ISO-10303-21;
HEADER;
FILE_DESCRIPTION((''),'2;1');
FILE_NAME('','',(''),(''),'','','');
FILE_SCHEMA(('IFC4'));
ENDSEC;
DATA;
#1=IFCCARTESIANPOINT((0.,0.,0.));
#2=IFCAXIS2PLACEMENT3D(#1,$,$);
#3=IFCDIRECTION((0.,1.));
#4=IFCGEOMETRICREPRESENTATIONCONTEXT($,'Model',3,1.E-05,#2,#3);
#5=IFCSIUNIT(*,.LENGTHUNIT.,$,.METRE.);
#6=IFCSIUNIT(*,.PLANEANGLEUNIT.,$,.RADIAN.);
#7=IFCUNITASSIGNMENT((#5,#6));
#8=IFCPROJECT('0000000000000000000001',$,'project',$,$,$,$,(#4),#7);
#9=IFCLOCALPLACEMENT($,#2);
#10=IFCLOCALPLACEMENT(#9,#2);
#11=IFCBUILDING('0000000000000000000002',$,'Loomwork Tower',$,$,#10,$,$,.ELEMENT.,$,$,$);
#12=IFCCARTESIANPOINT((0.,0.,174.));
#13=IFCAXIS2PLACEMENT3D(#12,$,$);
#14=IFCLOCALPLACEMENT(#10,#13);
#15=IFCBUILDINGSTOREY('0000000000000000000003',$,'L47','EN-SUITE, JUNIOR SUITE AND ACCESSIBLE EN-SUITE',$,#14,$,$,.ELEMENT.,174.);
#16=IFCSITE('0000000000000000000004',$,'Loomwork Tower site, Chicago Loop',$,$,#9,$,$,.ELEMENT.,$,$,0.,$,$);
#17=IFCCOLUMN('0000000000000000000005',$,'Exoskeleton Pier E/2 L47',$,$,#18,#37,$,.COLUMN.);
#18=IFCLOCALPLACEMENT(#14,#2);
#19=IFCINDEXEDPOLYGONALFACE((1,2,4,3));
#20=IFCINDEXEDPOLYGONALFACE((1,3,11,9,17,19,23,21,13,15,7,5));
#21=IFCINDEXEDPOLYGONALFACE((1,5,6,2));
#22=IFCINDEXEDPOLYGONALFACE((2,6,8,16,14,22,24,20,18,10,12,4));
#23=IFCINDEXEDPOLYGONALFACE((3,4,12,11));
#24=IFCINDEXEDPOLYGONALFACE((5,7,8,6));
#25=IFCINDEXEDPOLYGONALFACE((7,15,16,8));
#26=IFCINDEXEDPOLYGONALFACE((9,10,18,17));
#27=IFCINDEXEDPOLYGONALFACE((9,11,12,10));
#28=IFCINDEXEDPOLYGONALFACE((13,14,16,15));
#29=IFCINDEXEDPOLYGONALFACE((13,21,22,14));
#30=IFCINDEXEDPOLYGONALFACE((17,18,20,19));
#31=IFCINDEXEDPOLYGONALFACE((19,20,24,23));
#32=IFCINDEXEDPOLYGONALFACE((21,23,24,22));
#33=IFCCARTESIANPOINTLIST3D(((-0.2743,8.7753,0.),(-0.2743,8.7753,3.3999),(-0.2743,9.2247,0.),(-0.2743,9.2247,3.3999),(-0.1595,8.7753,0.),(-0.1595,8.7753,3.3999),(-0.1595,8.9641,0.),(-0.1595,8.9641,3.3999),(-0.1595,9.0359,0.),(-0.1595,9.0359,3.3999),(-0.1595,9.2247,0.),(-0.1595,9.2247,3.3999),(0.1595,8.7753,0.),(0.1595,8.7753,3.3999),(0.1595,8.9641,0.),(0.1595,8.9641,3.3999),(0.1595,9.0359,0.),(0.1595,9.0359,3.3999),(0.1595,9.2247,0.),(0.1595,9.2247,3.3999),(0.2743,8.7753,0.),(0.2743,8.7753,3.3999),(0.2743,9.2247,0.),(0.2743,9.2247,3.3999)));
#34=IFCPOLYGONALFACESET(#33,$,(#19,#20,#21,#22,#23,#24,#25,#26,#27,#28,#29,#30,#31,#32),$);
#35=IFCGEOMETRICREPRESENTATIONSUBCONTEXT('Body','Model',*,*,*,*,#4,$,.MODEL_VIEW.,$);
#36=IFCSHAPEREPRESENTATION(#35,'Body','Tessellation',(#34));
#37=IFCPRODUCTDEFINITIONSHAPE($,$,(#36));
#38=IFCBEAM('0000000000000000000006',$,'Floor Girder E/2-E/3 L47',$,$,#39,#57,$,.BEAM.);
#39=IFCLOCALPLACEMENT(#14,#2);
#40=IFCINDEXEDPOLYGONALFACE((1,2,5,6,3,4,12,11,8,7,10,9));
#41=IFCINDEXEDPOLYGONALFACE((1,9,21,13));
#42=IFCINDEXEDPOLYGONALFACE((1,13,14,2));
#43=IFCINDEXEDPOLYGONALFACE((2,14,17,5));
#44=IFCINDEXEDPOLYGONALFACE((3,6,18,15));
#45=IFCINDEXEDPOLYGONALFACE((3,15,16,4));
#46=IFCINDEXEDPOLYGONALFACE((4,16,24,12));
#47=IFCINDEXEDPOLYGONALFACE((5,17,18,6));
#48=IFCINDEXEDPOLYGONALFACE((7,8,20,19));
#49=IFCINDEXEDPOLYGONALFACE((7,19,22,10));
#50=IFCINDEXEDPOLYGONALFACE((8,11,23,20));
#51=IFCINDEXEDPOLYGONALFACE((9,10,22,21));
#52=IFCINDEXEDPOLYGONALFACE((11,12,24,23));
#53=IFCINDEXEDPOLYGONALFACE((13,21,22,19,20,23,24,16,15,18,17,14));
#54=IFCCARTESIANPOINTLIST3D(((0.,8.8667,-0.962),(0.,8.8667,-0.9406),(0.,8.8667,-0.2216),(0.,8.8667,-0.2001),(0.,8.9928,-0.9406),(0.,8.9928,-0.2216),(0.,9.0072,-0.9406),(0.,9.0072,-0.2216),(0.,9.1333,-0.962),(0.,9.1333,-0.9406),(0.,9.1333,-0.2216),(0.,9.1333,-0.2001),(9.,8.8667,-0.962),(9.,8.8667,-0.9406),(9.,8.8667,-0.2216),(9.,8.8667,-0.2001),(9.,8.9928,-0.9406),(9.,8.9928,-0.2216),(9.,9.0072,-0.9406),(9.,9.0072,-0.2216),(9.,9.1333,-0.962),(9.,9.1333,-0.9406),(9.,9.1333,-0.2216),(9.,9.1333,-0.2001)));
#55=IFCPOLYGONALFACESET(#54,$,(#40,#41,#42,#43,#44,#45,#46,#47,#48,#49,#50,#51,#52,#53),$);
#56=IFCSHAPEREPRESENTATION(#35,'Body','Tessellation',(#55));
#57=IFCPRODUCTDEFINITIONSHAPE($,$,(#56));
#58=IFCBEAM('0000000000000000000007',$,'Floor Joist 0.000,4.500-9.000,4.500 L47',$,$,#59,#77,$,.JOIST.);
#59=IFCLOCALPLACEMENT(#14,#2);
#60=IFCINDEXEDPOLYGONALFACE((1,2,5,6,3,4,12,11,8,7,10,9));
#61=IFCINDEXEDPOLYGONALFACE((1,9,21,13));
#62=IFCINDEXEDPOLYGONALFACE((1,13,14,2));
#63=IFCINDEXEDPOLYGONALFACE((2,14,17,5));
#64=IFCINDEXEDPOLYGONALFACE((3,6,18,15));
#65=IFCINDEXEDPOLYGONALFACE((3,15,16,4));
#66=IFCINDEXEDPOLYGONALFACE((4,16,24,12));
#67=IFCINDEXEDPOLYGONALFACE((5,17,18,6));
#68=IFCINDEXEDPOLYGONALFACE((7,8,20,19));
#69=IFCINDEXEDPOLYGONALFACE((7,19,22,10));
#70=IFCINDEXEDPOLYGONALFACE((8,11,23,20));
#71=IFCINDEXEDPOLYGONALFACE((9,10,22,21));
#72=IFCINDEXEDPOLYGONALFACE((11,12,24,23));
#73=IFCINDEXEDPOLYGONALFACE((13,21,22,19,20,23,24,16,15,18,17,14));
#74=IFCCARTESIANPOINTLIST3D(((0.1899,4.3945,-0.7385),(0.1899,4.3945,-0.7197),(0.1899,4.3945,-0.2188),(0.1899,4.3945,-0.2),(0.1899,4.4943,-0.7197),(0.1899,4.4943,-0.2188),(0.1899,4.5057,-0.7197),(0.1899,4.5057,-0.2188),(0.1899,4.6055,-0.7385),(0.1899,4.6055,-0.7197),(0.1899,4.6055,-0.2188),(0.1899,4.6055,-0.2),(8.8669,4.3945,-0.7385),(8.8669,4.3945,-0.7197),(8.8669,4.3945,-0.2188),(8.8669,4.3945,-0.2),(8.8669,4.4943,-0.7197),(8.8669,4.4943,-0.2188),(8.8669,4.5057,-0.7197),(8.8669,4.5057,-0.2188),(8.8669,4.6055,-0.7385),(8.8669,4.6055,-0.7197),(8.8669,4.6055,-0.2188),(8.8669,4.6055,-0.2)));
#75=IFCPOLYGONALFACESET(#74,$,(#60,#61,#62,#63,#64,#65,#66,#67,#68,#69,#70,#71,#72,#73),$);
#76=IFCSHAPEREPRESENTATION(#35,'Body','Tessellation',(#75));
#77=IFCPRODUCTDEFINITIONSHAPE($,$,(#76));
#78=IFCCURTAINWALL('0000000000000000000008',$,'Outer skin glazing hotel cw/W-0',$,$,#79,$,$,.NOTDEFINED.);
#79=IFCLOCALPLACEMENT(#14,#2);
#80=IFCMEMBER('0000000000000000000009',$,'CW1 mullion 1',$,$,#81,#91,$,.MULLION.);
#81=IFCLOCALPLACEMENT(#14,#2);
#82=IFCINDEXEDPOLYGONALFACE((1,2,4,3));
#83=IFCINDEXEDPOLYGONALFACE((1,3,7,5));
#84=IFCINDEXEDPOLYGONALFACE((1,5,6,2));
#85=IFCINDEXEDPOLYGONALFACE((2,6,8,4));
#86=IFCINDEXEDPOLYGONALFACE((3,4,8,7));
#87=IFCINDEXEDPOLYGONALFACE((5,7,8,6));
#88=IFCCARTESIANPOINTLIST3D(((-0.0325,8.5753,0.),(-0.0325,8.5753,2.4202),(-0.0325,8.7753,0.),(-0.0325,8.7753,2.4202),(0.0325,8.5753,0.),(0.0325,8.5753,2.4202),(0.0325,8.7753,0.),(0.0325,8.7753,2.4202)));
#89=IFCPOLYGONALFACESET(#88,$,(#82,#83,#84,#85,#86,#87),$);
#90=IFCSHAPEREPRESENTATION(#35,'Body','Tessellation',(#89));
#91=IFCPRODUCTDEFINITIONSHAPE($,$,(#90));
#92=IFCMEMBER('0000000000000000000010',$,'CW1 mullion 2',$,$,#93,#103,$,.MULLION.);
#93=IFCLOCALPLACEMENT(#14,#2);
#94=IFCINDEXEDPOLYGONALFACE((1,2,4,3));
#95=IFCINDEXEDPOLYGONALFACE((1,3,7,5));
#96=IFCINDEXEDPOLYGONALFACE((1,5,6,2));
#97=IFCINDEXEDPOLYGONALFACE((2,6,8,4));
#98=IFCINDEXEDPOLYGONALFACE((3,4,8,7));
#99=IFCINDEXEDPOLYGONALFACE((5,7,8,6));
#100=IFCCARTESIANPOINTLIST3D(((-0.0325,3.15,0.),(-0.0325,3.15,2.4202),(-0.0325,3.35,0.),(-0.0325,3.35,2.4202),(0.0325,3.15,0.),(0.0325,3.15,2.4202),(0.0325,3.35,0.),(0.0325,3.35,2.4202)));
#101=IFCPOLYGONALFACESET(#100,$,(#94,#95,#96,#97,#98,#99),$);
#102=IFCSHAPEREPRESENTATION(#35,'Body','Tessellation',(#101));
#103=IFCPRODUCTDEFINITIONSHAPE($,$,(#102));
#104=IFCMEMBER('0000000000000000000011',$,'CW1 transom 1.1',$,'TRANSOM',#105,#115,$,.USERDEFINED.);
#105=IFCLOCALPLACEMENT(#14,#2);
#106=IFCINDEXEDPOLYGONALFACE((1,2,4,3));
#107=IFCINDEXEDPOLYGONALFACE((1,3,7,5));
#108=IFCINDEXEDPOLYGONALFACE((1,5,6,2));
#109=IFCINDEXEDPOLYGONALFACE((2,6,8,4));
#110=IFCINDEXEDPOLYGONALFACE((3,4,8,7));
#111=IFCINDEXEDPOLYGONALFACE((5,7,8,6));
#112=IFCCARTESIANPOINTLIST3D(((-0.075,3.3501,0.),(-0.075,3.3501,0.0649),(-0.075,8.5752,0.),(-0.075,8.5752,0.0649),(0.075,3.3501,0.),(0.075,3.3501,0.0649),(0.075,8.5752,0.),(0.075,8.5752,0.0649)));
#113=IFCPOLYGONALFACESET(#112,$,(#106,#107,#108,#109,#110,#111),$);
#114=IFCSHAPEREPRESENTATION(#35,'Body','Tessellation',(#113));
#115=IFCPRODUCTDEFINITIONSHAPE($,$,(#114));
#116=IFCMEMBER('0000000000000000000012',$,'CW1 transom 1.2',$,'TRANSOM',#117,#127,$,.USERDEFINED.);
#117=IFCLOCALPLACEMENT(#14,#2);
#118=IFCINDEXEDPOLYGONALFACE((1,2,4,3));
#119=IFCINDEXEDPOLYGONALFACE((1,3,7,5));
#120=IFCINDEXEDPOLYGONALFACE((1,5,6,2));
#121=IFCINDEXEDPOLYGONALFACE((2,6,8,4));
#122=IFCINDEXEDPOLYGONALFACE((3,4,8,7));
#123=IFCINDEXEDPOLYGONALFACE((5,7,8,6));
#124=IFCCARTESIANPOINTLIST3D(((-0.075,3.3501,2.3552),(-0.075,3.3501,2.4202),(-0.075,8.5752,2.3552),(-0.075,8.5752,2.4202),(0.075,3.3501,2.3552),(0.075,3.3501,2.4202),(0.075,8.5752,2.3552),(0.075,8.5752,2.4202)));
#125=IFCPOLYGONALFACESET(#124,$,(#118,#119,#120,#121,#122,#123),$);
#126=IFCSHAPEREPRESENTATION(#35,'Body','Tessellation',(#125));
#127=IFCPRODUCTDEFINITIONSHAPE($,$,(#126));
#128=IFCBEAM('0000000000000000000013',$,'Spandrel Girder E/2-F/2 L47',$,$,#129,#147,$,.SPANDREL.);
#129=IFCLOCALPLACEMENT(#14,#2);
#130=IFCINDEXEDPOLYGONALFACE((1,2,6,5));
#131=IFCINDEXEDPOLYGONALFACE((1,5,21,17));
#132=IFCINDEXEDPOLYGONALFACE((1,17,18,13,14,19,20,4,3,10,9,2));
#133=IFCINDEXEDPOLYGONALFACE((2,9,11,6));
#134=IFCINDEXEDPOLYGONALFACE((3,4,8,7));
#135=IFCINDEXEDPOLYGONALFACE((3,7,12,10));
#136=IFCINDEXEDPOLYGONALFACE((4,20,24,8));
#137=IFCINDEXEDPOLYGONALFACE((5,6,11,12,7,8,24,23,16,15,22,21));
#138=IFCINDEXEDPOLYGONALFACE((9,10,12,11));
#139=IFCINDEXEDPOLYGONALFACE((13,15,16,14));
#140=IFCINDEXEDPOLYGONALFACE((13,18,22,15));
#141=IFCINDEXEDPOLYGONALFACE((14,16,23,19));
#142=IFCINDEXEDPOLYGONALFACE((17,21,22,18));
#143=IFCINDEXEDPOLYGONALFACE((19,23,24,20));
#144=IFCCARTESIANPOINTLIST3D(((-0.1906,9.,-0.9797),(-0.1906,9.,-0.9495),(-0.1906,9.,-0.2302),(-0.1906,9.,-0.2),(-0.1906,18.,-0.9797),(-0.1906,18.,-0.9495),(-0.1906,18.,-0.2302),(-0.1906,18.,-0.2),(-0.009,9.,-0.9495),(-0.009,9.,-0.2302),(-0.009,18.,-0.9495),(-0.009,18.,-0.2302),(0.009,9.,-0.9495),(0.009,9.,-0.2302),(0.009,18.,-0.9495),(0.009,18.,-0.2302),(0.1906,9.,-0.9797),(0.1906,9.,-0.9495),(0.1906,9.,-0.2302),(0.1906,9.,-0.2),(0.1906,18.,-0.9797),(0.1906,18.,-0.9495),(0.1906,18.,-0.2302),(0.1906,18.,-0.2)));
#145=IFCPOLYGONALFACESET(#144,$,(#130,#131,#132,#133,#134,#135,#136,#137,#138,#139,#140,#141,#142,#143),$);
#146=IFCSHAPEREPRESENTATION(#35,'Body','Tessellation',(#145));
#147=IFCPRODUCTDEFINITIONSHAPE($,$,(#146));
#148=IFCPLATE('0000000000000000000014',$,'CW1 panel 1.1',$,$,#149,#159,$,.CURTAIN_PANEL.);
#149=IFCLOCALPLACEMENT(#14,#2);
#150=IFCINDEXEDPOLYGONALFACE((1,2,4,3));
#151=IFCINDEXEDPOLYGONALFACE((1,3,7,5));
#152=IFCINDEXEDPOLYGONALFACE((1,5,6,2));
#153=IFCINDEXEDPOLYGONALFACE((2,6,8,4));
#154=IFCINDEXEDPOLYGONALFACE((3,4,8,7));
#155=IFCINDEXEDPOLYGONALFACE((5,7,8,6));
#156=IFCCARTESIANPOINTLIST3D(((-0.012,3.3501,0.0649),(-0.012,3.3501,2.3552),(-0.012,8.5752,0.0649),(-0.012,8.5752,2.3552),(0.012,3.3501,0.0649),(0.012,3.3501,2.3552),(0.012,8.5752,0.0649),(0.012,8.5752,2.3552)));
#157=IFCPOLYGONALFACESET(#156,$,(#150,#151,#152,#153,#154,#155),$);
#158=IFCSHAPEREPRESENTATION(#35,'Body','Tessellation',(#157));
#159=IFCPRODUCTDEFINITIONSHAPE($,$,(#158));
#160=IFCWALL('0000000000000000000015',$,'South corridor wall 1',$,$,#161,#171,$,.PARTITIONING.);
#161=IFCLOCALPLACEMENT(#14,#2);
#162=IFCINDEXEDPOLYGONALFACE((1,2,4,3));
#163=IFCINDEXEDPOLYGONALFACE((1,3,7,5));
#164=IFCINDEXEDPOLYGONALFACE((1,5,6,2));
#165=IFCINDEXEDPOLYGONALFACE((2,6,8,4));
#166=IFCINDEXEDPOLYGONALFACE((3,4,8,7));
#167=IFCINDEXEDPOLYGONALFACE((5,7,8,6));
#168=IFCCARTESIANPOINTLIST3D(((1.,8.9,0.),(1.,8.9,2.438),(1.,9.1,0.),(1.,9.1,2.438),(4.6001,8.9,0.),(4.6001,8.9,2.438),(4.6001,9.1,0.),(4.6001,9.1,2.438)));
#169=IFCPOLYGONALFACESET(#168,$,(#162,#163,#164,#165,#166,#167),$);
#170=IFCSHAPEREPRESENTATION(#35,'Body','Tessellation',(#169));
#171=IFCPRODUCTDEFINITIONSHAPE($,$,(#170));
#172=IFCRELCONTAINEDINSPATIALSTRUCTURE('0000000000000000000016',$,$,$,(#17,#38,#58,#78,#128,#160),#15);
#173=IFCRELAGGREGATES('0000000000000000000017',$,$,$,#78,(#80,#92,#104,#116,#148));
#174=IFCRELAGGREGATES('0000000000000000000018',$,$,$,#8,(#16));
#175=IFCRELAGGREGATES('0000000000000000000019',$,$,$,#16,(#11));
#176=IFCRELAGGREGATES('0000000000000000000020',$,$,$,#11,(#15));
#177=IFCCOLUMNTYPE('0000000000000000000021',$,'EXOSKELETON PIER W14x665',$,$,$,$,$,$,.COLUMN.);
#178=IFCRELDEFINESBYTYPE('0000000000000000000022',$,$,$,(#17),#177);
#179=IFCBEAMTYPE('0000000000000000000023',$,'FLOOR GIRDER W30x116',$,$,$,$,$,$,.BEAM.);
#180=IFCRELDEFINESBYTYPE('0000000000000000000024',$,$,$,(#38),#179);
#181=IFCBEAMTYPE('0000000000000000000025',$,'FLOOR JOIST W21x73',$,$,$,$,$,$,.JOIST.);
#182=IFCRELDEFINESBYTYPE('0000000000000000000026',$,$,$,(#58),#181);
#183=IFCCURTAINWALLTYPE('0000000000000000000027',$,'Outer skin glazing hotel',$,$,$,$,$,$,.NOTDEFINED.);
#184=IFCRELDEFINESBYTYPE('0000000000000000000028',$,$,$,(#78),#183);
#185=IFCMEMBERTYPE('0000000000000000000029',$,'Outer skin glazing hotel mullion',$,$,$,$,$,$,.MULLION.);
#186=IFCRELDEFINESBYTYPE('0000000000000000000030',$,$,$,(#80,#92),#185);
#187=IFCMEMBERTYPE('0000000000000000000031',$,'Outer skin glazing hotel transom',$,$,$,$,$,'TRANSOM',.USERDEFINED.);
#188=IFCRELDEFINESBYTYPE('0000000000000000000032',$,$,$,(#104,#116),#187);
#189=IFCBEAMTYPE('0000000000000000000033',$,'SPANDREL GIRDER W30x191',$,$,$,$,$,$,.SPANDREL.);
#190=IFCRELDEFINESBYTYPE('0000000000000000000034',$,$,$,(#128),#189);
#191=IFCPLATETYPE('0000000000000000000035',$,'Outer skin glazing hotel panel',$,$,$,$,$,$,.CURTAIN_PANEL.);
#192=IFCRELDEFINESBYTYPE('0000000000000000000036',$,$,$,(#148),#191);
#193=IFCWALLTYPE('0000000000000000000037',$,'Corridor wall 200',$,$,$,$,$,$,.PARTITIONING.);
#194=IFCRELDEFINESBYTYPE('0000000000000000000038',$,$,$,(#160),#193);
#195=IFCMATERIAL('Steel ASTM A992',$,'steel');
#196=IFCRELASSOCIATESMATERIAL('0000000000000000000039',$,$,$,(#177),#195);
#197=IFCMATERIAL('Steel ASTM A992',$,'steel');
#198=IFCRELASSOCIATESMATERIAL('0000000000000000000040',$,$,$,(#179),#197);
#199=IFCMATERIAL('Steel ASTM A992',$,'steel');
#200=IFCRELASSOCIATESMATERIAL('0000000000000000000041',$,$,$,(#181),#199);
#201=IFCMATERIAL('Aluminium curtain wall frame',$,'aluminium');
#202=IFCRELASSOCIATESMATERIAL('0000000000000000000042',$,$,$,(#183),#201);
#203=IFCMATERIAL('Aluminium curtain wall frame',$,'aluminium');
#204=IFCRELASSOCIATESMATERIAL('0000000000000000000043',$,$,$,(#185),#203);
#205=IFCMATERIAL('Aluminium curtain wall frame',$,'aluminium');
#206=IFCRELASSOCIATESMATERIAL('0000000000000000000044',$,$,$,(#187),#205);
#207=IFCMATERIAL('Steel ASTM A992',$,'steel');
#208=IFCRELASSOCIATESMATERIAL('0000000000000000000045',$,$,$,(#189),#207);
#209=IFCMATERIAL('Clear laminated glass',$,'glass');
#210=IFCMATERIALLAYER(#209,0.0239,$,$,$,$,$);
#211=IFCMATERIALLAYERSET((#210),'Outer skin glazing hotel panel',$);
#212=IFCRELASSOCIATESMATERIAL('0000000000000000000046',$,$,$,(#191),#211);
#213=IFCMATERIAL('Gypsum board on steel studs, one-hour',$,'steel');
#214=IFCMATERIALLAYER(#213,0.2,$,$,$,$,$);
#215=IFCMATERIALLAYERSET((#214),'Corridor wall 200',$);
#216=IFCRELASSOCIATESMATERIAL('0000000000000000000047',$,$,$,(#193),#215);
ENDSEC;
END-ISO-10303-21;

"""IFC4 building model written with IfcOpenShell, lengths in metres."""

from ifc_helpers import new_model, si_unit, direction, frame, frame_2d, origin, origin_2d, place, context, subcontext, project, spatial, rectangle, i_section, extrude, material, layer, layer_set, material_profile, profile_set, type_object, element, aggregate, save


model = new_model("IFC4")

# Units and contexts
model_context = context("Model", 3, precision=1e-05, world=origin(), true_north=direction((0.0, 1.0)))
body_context = subcontext(model_context, "Body", "Model", "MODEL_VIEW")
ifc_project = project(units=[si_unit("LENGTHUNIT", "METRE"), si_unit("PLANEANGLEUNIT", "RADIAN")], contexts=[model_context])

# Site, building, storey
site_placement = place(None, origin())
site = spatial("IfcSite", under=ifc_project, at=site_placement, Name="Loomwork Tower site, Chicago Loop", CompositionType="ELEMENT", RefElevation=0.0)
building_placement = place(site_placement, origin())
building = spatial("IfcBuilding", under=site, at=building_placement, Name="Loomwork Tower", CompositionType="ELEMENT")
storey_placement = place(building_placement, frame((0.0, 0.0, 174.0)))
storey = spatial("IfcBuildingStorey", under=building, at=storey_placement, Name="L47", Description="EN-SUITE, JUNIOR SUITE AND ACCESSIBLE EN-SUITE", CompositionType="ELEMENT", Elevation=174.0)

# Column
ifc_material_1 = material(Name="Steel ASTM A992", Category="steel")
ifc_material_profile_1 = material_profile(ifc_material_1, i_section(OverallWidth=0.4495, OverallDepth=0.5486, WebThickness=0.0718, FlangeThickness=0.1147, at=origin_2d()), Name="W14x665")
ifc_profile_set_1 = profile_set([ifc_material_profile_1], Name="Steel ASTM A992")
column_type = type_object("IfcColumnType", Name="EXOSKELETON PIER W14x665", PredefinedType="COLUMN", material=ifc_profile_set_1)
column_placement = place(storey_placement, frame((0.0, 9.0, 0.0), z_axis=(0.0, 0.0, 1.0), x_axis=(0.0, 1.0, 0.0)))
element("IfcColumn", 1, at=column_placement, inside=storey, type_object=column_type, Name="Exoskeleton Pier E/2 L47", PredefinedType="COLUMN", context=body_context, shape_type="SweptSolid", body=[
    extrude(i_section(OverallWidth=0.4495, OverallDepth=0.5486, WebThickness=0.0718, FlangeThickness=0.1147, at=origin_2d()), origin(), (0.0, 0.0, 1.0), 3.3999),
])

# Beams
ifc_material_2 = material(Name="Steel ASTM A992", Category="steel")
ifc_material_profile_2 = material_profile(ifc_material_2, i_section(OverallWidth=0.2666, OverallDepth=0.762, WebThickness=0.0144, FlangeThickness=0.0215, at=origin_2d()), Name="W30x116")
ifc_profile_set_2 = profile_set([ifc_material_profile_2], Name="Steel ASTM A992")
beam_type_1 = type_object("IfcBeamType", Name="FLOOR GIRDER W30x116", PredefinedType="BEAM", material=ifc_profile_set_2)
beam_1_placement = place(storey_placement, frame((0.0, 9.0, -0.5811), z_axis=(1.0, 0.0, 0.0), x_axis=(0.0, 1.0, 0.0)))
element("IfcBeam", 2, at=beam_1_placement, inside=storey, type_object=beam_type_1, Name="Floor Girder E/2-E/3 L47", PredefinedType="BEAM", context=body_context, shape_type="SweptSolid", body=[
    extrude(i_section(OverallWidth=0.2666, OverallDepth=0.762, WebThickness=0.0144, FlangeThickness=0.0215, at=origin_2d()), origin(), (0.0, 0.0, 1.0), 9.0),
])
ifc_material_3 = material(Name="Steel ASTM A992", Category="steel")
ifc_material_profile_3 = material_profile(ifc_material_3, i_section(OverallWidth=0.2109, OverallDepth=0.5386, WebThickness=0.0115, FlangeThickness=0.0188, at=origin_2d()), Name="W21x73")
ifc_profile_set_3 = profile_set([ifc_material_profile_3], Name="Steel ASTM A992")
beam_type_2 = type_object("IfcBeamType", Name="FLOOR JOIST W21x73", PredefinedType="JOIST", material=ifc_profile_set_3)
beam_2_placement = place(storey_placement, frame((0.1899, 4.5, -0.4692), z_axis=(1.0, 0.0, 0.0), x_axis=(0.0, 1.0, 0.0)))
element("IfcBeam", 3, at=beam_2_placement, inside=storey, type_object=beam_type_2, Name="Floor Joist 0.000,4.500-9.000,4.500 L47", PredefinedType="JOIST", context=body_context, shape_type="SweptSolid", body=[
    extrude(i_section(OverallWidth=0.2109, OverallDepth=0.5386, WebThickness=0.0115, FlangeThickness=0.0188, at=origin_2d()), origin(), (0.0, 0.0, 1.0), 8.677),
])

# Curtain wall, members
ifc_material_4 = material(Name="Aluminium curtain wall frame", Category="aluminium")
curtain_wall_type = type_object("IfcCurtainWallType", Name="Outer skin glazing hotel", PredefinedType="NOTDEFINED", material=ifc_material_4)
curtain_wall_placement = place(storey_placement, origin())
curtain_wall = element("IfcCurtainWall", 4, at=curtain_wall_placement, inside=storey, type_object=curtain_wall_type, Name="Outer skin glazing hotel cw/W-0", PredefinedType="NOTDEFINED")
ifc_material_5 = material(Name="Aluminium curtain wall frame", Category="aluminium")
ifc_material_profile_4 = material_profile(ifc_material_5, rectangle(XDim=0.0649, YDim=0.2, at=origin_2d()), Name="AL 65x200")
ifc_profile_set_4 = profile_set([ifc_material_profile_4], Name="Aluminium curtain wall frame")
member_type_1 = type_object("IfcMemberType", Name="Outer skin glazing hotel mullion", PredefinedType="MULLION", material=ifc_profile_set_4)
member_1_placement = place(storey_placement, frame((0.0, 8.6753, 0.0), z_axis=(0.0, 0.0, 1.0), x_axis=(1.0, 0.0, 0.0)))
member_1 = element("IfcMember", 5, at=member_1_placement, type_object=member_type_1, Name="CW1 mullion 1", PredefinedType="MULLION", context=body_context, shape_type="SweptSolid", body=[
    extrude(rectangle(XDim=0.0649, YDim=0.2, at=origin_2d()), origin(), (0.0, 0.0, 1.0), 2.4202),
])
member_2_placement = place(storey_placement, frame((0.0, 3.25, 0.0), z_axis=(0.0, 0.0, 1.0), x_axis=(1.0, 0.0, 0.0)))
member_2 = element("IfcMember", 6, at=member_2_placement, type_object=member_type_1, Name="CW1 mullion 2", PredefinedType="MULLION", context=body_context, shape_type="SweptSolid", body=[
    extrude(rectangle(XDim=0.0649, YDim=0.2, at=origin_2d()), origin(), (0.0, 0.0, 1.0), 2.4202),
])
ifc_material_6 = material(Name="Aluminium curtain wall frame", Category="aluminium")
ifc_material_profile_5 = material_profile(ifc_material_6, rectangle(XDim=0.1499, YDim=0.0649, at=origin_2d()), Name="AL 65x150")
ifc_profile_set_5 = profile_set([ifc_material_profile_5], Name="Aluminium curtain wall frame")
member_type_2 = type_object("IfcMemberType", Name="Outer skin glazing hotel transom", ElementType="TRANSOM", PredefinedType="USERDEFINED", material=ifc_profile_set_5)
member_3_placement = place(storey_placement, frame((0.0, 8.5752, 0.0325), z_axis=(0.0, -1.0, 0.0), x_axis=(1.0, 0.0, 0.0)))
member_3 = element("IfcMember", 7, at=member_3_placement, type_object=member_type_2, Name="CW1 transom 1.1", ObjectType="TRANSOM", PredefinedType="USERDEFINED", context=body_context, shape_type="SweptSolid", body=[
    extrude(rectangle(XDim=0.1499, YDim=0.0649, at=origin_2d()), origin(), (0.0, 0.0, 1.0), 5.2251),
])
member_4_placement = place(storey_placement, frame((0.0, 8.5752, 2.3877), z_axis=(0.0, -1.0, 0.0), x_axis=(1.0, 0.0, 0.0)))
member_4 = element("IfcMember", 8, at=member_4_placement, type_object=member_type_2, Name="CW1 transom 1.2", ObjectType="TRANSOM", PredefinedType="USERDEFINED", context=body_context, shape_type="SweptSolid", body=[
    extrude(rectangle(XDim=0.1499, YDim=0.0649, at=origin_2d()), origin(), (0.0, 0.0, 1.0), 5.2251),
])

# Beam
ifc_material_7 = material(Name="Steel ASTM A992", Category="steel")
ifc_material_profile_6 = material_profile(ifc_material_7, i_section(OverallWidth=0.3811, OverallDepth=0.7798, WebThickness=0.0181, FlangeThickness=0.0303, at=origin_2d()), Name="W30x191")
ifc_profile_set_6 = profile_set([ifc_material_profile_6], Name="Steel ASTM A992")
beam_type_3 = type_object("IfcBeamType", Name="SPANDREL GIRDER W30x191", PredefinedType="SPANDREL", material=ifc_profile_set_6)
beam_3_placement = place(storey_placement, frame((0.0, 9.0, -0.5898), z_axis=(0.0, 1.0, 0.0), x_axis=(-1.0, 0.0, 0.0)))
element("IfcBeam", 9, at=beam_3_placement, inside=storey, type_object=beam_type_3, Name="Spandrel Girder E/2-F/2 L47", PredefinedType="SPANDREL", context=body_context, shape_type="SweptSolid", body=[
    extrude(i_section(OverallWidth=0.3811, OverallDepth=0.7798, WebThickness=0.0181, FlangeThickness=0.0303, at=origin_2d()), origin(), (0.0, 0.0, 1.0), 9.0),
])

# Plate
ifc_material_8 = material(Name="Clear laminated glass", Category="glass")
ifc_layer_1 = layer(ifc_material_8, 0.0239)
ifc_layer_set_1 = layer_set([ifc_layer_1], Name="Outer skin glazing hotel panel")
plate_type = type_object("IfcPlateType", Name="Outer skin glazing hotel panel", PredefinedType="CURTAIN_PANEL", material=ifc_layer_set_1)
plate_placement = place(storey_placement, frame((0.0, 5.9626, 0.0649), z_axis=(0.0, 0.0, 1.0), x_axis=(0.0, -1.0, 0.0)))
plate = element("IfcPlate", 10, at=plate_placement, type_object=plate_type, Name="CW1 panel 1.1", PredefinedType="CURTAIN_PANEL", context=body_context, shape_type="SweptSolid", body=[
    extrude(rectangle(XDim=5.2251, YDim=0.0239, at=origin_2d()), origin(), (0.0, 0.0, 1.0), 2.2903),
])
aggregate(curtain_wall, [member_1, member_2, member_3, member_4, plate])

# Wall
ifc_material_9 = material(Name="Gypsum board on steel studs, one-hour", Category="steel")
ifc_layer_2 = layer(ifc_material_9, 0.2)
ifc_layer_set_2 = layer_set([ifc_layer_2], Name="Corridor wall 200")
wall_type_1 = type_object("IfcWallType", Name="Corridor wall 200", PredefinedType="PARTITIONING", material=ifc_layer_set_2)
wall_1_placement = place(storey_placement, frame((1.0, 9.0, 0.0), z_axis=(0.0, 0.0, 1.0), x_axis=(1.0, 0.0, 0.0)))
element("IfcWall", 11, at=wall_1_placement, inside=storey, type_object=wall_type_1, Name="South corridor wall 1", PredefinedType="PARTITIONING", context=body_context, shape_type="SweptSolid", body=[
    extrude(rectangle(XDim=3.6001, YDim=0.2, at=frame_2d((1.8, 0.0))), origin(), (0.0, 0.0, 1.0), 2.438),
])

save(model, "model.ifc")
